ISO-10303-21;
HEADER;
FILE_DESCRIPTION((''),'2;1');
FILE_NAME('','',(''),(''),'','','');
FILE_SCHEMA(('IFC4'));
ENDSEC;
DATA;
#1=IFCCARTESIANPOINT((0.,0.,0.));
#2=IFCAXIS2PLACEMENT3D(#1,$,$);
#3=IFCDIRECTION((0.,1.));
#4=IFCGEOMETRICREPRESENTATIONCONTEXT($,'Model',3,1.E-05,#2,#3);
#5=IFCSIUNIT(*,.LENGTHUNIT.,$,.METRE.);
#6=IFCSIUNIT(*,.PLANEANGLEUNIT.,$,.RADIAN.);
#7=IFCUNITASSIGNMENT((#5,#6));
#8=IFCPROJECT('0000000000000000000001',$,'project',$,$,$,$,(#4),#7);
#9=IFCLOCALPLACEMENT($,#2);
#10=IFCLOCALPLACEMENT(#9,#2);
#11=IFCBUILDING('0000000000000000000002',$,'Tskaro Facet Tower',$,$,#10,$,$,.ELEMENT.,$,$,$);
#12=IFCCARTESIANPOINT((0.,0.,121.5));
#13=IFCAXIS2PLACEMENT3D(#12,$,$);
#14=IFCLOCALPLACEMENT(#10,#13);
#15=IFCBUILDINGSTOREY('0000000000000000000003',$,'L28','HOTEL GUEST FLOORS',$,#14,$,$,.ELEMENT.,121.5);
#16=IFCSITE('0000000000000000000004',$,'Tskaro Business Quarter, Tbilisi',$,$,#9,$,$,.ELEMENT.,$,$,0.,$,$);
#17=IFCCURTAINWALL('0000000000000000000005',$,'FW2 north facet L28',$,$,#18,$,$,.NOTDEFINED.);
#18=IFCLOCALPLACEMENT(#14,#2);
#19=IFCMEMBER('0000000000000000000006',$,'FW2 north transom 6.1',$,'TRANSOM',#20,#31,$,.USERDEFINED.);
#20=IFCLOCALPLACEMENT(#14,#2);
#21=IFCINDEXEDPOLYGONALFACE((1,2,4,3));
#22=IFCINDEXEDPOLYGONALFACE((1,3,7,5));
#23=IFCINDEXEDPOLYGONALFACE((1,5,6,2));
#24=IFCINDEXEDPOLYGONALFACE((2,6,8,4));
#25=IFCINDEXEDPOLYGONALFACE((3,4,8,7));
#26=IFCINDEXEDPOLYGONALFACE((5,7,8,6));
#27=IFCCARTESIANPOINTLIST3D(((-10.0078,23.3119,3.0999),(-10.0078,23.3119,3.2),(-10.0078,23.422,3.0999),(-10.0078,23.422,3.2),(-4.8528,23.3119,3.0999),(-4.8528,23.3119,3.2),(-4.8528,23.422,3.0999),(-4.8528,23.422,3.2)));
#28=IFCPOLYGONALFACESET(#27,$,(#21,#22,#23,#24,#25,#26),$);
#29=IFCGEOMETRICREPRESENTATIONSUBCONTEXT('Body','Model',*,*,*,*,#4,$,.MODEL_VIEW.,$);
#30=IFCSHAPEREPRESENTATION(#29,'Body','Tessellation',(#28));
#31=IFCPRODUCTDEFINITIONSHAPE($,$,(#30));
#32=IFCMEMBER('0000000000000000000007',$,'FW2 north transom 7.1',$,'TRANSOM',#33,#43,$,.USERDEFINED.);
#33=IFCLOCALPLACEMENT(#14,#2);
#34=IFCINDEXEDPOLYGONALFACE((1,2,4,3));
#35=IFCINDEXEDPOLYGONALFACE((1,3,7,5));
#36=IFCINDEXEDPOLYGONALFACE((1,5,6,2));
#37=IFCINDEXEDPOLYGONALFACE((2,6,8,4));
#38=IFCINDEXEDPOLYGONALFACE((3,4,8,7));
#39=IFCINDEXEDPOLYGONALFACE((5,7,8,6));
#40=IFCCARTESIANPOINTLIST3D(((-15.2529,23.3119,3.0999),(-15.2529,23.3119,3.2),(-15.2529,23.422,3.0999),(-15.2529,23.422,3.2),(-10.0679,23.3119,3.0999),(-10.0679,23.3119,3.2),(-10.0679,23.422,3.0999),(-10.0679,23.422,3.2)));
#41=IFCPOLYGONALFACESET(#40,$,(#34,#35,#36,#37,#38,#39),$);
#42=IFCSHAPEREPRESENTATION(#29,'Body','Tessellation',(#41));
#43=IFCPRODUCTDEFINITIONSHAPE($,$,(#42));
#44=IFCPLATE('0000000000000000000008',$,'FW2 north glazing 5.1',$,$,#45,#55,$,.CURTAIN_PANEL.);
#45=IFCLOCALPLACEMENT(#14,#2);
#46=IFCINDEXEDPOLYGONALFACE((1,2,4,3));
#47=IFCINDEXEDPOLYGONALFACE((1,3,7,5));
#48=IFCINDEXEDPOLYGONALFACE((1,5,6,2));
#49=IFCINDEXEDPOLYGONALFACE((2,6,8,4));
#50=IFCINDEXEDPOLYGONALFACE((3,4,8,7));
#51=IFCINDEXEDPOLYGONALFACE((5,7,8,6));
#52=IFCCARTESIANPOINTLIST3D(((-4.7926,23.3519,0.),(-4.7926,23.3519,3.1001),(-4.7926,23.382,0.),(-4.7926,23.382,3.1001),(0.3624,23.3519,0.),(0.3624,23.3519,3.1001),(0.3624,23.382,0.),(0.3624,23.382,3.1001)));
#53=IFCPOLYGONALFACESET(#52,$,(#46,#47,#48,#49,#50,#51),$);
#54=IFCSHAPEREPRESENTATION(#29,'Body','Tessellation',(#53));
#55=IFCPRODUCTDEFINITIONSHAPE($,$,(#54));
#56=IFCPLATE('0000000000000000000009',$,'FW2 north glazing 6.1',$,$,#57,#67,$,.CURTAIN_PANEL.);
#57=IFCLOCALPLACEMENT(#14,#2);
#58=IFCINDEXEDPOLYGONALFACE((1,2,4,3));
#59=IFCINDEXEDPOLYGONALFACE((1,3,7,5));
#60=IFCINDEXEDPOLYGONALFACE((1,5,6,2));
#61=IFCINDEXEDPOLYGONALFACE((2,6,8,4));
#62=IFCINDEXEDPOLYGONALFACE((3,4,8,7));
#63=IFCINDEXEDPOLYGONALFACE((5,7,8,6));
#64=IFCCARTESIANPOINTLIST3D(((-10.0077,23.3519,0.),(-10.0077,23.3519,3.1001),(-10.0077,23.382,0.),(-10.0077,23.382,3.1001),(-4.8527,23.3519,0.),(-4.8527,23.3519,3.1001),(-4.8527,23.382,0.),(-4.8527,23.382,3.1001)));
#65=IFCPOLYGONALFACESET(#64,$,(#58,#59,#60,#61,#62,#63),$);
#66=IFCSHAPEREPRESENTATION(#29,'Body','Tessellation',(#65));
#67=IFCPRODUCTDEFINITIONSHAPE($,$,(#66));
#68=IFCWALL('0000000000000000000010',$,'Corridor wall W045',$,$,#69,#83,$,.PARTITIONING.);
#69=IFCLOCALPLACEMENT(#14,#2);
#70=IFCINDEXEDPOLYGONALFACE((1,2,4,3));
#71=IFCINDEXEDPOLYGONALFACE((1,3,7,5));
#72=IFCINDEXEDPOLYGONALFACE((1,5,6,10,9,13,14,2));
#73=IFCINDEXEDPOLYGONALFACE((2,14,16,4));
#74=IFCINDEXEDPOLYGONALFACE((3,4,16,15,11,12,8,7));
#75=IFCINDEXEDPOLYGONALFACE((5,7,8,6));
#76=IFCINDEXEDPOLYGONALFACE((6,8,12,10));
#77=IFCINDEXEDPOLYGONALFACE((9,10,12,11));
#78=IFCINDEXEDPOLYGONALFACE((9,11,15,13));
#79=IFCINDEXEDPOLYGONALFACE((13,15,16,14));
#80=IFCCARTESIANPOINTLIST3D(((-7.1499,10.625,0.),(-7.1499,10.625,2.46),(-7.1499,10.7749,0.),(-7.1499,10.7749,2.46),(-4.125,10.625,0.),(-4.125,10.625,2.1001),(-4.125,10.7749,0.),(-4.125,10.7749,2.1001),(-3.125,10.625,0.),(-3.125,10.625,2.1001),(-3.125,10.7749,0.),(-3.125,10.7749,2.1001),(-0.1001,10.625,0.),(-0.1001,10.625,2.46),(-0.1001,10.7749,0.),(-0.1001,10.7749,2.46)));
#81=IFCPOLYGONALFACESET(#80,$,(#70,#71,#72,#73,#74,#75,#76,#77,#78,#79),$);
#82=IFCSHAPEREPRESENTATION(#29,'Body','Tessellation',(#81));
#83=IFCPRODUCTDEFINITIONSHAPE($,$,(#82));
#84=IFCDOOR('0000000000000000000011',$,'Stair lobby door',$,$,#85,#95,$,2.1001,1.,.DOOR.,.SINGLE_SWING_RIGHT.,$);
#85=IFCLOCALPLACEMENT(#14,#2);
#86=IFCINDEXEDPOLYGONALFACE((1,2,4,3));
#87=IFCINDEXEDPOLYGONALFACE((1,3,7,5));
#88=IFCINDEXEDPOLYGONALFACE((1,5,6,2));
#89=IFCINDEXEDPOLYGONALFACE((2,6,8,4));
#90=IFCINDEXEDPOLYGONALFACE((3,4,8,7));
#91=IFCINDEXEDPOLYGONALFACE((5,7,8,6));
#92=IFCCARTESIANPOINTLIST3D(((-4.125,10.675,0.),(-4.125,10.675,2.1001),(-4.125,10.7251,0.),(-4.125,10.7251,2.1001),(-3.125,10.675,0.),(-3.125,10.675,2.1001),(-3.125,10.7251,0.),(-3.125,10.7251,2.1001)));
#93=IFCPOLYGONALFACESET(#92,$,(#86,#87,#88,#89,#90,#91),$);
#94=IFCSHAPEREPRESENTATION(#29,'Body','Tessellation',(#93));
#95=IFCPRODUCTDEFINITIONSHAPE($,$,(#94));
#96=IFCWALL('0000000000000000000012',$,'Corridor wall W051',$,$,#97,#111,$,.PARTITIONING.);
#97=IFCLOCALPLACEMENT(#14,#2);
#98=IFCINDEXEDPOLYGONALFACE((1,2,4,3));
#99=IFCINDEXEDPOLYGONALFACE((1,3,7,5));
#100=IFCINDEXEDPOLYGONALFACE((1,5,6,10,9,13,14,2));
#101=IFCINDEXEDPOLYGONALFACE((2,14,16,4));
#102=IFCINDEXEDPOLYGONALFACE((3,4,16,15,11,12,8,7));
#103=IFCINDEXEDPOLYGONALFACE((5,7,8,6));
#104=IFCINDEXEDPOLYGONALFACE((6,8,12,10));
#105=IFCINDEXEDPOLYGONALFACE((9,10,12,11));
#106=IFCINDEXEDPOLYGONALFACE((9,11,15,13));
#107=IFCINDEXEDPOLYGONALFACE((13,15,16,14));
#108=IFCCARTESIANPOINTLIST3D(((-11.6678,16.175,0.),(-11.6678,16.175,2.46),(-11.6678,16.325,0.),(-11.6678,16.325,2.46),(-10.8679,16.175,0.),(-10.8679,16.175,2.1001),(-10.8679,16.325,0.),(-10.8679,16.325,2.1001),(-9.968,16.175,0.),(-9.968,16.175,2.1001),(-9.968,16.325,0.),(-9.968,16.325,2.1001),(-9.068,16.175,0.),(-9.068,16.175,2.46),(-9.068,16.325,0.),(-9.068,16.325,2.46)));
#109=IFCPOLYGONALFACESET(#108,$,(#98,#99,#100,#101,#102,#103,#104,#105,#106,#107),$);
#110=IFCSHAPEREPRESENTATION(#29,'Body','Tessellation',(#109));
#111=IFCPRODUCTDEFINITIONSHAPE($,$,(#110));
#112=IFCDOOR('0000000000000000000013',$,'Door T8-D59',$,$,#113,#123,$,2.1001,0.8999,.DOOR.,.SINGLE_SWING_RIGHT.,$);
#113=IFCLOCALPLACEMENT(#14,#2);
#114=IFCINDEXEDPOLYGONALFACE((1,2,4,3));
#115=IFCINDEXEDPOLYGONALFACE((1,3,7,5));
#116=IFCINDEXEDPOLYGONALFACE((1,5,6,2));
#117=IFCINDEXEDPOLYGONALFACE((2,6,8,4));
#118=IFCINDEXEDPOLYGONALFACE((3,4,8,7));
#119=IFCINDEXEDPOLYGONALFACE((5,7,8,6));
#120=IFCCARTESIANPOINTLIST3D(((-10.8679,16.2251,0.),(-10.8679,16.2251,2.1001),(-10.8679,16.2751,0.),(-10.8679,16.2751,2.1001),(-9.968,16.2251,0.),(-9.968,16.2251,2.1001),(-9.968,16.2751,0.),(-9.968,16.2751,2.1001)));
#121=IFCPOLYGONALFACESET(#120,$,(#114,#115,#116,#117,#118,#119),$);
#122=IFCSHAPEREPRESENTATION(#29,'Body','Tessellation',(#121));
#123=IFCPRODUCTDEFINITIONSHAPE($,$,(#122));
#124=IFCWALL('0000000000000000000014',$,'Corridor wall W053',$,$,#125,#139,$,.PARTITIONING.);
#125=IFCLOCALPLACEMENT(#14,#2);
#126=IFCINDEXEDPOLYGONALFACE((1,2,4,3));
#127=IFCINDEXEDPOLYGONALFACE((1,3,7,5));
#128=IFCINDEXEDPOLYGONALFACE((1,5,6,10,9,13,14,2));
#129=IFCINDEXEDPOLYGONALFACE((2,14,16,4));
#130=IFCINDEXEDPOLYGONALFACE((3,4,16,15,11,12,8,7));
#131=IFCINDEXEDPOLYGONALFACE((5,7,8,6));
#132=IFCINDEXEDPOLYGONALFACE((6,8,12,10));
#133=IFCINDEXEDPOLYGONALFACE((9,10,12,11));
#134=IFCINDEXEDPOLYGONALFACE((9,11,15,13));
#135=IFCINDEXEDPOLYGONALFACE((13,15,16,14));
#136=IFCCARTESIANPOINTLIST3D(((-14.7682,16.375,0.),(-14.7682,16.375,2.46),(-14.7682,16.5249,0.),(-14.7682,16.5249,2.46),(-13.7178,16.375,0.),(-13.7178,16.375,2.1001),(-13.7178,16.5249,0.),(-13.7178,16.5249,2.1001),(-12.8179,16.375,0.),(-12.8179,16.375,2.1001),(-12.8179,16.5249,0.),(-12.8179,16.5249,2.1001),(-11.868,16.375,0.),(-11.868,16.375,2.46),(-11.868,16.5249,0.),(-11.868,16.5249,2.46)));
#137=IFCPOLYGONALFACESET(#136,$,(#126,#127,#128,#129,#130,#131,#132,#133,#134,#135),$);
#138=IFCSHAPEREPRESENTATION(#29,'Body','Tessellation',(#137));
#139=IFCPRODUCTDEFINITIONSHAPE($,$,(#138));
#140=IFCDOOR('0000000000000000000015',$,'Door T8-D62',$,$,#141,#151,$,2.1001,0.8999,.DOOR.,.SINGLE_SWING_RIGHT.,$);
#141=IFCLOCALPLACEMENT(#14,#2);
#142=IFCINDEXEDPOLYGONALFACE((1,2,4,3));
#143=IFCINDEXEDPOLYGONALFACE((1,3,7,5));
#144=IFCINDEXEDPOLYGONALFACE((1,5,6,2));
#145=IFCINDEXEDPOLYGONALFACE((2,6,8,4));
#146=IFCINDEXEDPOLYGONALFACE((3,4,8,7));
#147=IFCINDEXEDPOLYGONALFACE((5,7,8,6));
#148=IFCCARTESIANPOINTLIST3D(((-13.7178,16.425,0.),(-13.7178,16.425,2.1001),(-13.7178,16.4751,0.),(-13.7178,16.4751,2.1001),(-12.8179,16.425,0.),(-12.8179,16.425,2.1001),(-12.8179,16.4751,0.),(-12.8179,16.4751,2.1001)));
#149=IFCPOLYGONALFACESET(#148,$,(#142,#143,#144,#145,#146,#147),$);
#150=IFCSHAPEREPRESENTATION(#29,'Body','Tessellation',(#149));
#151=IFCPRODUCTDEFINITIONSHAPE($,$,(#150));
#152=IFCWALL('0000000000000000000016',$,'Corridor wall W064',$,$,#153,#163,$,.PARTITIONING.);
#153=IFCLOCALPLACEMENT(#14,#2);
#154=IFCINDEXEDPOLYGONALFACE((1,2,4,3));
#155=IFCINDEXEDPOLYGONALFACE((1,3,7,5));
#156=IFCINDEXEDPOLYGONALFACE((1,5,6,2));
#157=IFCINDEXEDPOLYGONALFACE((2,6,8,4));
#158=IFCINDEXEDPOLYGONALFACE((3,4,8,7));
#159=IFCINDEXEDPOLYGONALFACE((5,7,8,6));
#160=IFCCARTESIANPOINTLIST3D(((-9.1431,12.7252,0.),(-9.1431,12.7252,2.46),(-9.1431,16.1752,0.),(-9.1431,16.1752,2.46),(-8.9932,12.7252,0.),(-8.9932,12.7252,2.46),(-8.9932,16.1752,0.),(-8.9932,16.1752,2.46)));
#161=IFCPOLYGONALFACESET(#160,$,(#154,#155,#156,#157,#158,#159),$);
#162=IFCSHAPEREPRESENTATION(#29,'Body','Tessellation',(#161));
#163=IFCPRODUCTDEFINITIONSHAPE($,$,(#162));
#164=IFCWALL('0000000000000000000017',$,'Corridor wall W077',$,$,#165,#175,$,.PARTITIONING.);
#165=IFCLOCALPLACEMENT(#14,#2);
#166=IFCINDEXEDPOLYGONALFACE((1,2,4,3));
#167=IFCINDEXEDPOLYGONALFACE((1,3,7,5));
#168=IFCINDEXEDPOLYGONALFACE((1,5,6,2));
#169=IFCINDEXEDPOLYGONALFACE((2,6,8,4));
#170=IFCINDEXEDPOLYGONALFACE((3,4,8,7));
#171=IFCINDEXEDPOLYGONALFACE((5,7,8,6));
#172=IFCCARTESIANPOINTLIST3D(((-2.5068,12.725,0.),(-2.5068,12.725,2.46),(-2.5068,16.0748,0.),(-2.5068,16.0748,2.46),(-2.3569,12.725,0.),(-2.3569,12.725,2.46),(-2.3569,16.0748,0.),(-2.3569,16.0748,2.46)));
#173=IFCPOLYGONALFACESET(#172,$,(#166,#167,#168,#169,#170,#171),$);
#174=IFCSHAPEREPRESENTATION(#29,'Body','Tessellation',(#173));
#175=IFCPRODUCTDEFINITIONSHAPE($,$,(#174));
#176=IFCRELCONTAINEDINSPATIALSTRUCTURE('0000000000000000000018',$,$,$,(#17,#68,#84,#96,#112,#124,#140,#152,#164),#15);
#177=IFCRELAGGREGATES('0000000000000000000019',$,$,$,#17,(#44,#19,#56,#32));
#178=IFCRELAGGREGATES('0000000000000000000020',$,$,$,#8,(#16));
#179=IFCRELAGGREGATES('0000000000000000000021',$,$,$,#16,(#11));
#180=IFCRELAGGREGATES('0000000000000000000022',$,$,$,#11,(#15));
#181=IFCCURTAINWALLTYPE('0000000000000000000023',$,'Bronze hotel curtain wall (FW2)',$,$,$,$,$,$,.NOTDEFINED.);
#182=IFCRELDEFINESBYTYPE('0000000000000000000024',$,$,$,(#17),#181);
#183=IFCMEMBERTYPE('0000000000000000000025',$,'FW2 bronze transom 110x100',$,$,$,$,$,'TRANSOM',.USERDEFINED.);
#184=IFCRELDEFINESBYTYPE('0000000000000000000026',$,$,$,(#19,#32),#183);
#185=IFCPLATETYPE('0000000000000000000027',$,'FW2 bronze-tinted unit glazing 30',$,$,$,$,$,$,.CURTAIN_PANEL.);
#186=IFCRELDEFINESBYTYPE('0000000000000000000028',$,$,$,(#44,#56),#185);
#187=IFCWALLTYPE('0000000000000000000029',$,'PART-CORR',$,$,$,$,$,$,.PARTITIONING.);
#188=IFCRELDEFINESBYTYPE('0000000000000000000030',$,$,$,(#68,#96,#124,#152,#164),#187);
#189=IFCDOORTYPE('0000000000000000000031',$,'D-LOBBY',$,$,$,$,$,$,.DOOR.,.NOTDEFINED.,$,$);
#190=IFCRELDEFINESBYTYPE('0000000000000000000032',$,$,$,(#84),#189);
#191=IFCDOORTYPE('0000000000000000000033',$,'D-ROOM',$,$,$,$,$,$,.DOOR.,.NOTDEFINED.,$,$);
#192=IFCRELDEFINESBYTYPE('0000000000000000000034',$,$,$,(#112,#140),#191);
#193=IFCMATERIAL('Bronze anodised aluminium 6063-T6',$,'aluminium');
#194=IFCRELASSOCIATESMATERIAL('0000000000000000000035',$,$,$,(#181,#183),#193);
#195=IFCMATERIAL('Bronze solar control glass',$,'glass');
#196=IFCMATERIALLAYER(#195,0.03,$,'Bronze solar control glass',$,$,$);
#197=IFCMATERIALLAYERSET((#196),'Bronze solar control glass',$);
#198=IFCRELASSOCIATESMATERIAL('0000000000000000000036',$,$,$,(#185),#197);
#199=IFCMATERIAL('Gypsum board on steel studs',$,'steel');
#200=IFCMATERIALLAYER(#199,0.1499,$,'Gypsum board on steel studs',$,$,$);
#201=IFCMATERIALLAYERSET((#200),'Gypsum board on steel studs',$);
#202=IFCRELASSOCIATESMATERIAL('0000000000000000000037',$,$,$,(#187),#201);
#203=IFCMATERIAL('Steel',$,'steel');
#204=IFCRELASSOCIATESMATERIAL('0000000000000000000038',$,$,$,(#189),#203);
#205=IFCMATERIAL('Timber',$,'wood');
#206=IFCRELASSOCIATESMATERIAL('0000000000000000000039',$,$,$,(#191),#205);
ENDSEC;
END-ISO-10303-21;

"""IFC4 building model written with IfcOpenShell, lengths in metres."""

from ifc_helpers import new_model, si_unit, direction, frame, frame_2d, origin, origin_2d, place, context, subcontext, project, spatial, rectangle, extrude, material, layer, layer_set, material_profile, profile_set, type_object, element, fill, aggregate, save


model = new_model("IFC4")

# Units and contexts
model_context = context("Model", 3, precision=1e-05, world=origin(), true_north=direction((0.0, 1.0)))
body_context = subcontext(model_context, "Body", "Model", "MODEL_VIEW")
ifc_project = project(units=[si_unit("LENGTHUNIT", "METRE"), si_unit("PLANEANGLEUNIT", "RADIAN")], contexts=[model_context])

# Site, building, storey
site_placement = place(None, origin())
site = spatial("IfcSite", under=ifc_project, at=site_placement, Name="Tskaro Business Quarter, Tbilisi", CompositionType="ELEMENT", RefElevation=0.0)
building_placement = place(site_placement, origin())
building = spatial("IfcBuilding", under=site, at=building_placement, Name="Tskaro Facet Tower", CompositionType="ELEMENT")
storey_placement = place(building_placement, frame((0.0, 0.0, 121.5)))
storey = spatial("IfcBuildingStorey", under=building, at=storey_placement, Name="L28", Description="HOTEL GUEST FLOORS", CompositionType="ELEMENT", Elevation=121.5)

# Curtain wall, members, plates
ifc_material_1 = material(Name="Bronze anodised aluminium 6063-T6", Category="aluminium")
curtain_wall_type = type_object("IfcCurtainWallType", Name="Bronze hotel curtain wall (FW2)", PredefinedType="NOTDEFINED", material=ifc_material_1)
curtain_wall_placement = place(storey_placement, origin())
curtain_wall = element("IfcCurtainWall", 1, at=curtain_wall_placement, inside=storey, type_object=curtain_wall_type, Name="FW2 north facet L28", PredefinedType="NOTDEFINED")
ifc_material_profile_1 = material_profile(ifc_material_1, rectangle(XDim=0.1101, YDim=0.1001, at=origin_2d()), Name="Transom 110x100")
ifc_profile_set_1 = profile_set([ifc_material_profile_1], Name="Bronze anodised aluminium 6063-T6")
member_type_1 = type_object("IfcMemberType", Name="FW2 bronze transom 110x100", ElementType="TRANSOM", PredefinedType="USERDEFINED", material=ifc_profile_set_1)
member_1_placement = place(storey_placement, frame((-4.8528, 23.3669, 3.1499), z_axis=(-1.0, 0.0, 0.0), x_axis=(0.0, -1.0, 0.0)))
member_1 = element("IfcMember", 2, at=member_1_placement, type_object=member_type_1, Name="FW2 north transom 6.1", ObjectType="TRANSOM", PredefinedType="USERDEFINED", context=body_context, shape_type="SweptSolid", body=[
    extrude(rectangle(XDim=0.1101, YDim=0.1001, at=origin_2d()), origin(), (0.0, 0.0, 1.0), 5.155),
])
member_2_placement = place(storey_placement, frame((-10.0679, 23.3669, 3.1499), z_axis=(-1.0, 0.0, 0.0), x_axis=(0.0, -1.0, 0.0)))
member_2 = element("IfcMember", 3, at=member_2_placement, type_object=member_type_1, Name="FW2 north transom 7.1", ObjectType="TRANSOM", PredefinedType="USERDEFINED", context=body_context, shape_type="SweptSolid", body=[
    extrude(rectangle(XDim=0.1101, YDim=0.1001, at=origin_2d()), origin(), (0.0, 0.0, 1.0), 5.1851),
])
ifc_material_2 = material(Name="Bronze solar control glass", Category="glass")
ifc_layer_1 = layer(ifc_material_2, 0.03, Name="Bronze solar control glass")
ifc_layer_set_1 = layer_set([ifc_layer_1], Name="Bronze solar control glass")
plate_type = type_object("IfcPlateType", Name="FW2 bronze-tinted unit glazing 30", PredefinedType="CURTAIN_PANEL", material=ifc_layer_set_1)
plate_1_placement = place(storey_placement, frame((-2.2151, 23.3669, 0.0), z_axis=(0.0, 0.0, 1.0), x_axis=(-1.0, 0.0, 0.0)))
plate_1 = element("IfcPlate", 4, at=plate_1_placement, type_object=plate_type, Name="FW2 north glazing 5.1", PredefinedType="CURTAIN_PANEL", context=body_context, shape_type="SweptSolid", body=[
    extrude(rectangle(XDim=5.155, YDim=0.03, at=origin_2d()), origin(), (0.0, 0.0, 1.0), 3.1001),
])
plate_2_placement = place(storey_placement, frame((-7.4302, 23.3669, 0.0), z_axis=(0.0, 0.0, 1.0), x_axis=(-1.0, 0.0, 0.0)))
plate_2 = element("IfcPlate", 5, at=plate_2_placement, type_object=plate_type, Name="FW2 north glazing 6.1", PredefinedType="CURTAIN_PANEL", context=body_context, shape_type="SweptSolid", body=[
    extrude(rectangle(XDim=5.155, YDim=0.03, at=origin_2d()), origin(), (0.0, 0.0, 1.0), 3.1001),
])
aggregate(curtain_wall, [plate_1, member_1, plate_2, member_2])

# Walls, openings, doors
ifc_material_3 = material(Name="Gypsum board on steel studs", Category="steel")
ifc_layer_2 = layer(ifc_material_3, 0.1499, Name="Gypsum board on steel studs")
ifc_layer_set_2 = layer_set([ifc_layer_2], Name="Gypsum board on steel studs")
wall_type_1 = type_object("IfcWallType", Name="PART-CORR", PredefinedType="PARTITIONING", material=ifc_layer_set_2)
wall_1_placement = place(storey_placement, frame((-0.1001, 10.7, 0.0), z_axis=(0.0, 0.0, 1.0), x_axis=(-1.0, 0.0, 0.0)))
wall_1 = element("IfcWall", 6, at=wall_1_placement, inside=storey, type_object=wall_type_1, Name="Corridor wall W045", PredefinedType="PARTITIONING", context=body_context, shape_type="SweptSolid", body=[
    extrude(rectangle(XDim=7.0498, YDim=0.1499, at=frame_2d((3.5249, 0.0))), origin(), (0.0, 0.0, 1.0), 2.46),
])
opening_1_placement = place(wall_1_placement, frame((3.0249, 0.0, 0.0)))
opening_1 = element("IfcOpeningElement", 7, at=opening_1_placement, cuts=wall_1, PredefinedType="OPENING", context=body_context, shape_type="SweptSolid", body=[
    extrude(rectangle(XDim=1.0, YDim=2.1001, at=frame_2d((0.5, 1.05))), frame((0.0, 0.085, 0.0), z_axis=(0.0, -1.0, 0.0), x_axis=(1.0, 0.0, 0.0)), (0.0, 0.0, 1.0), 0.1699),
])
ifc_material_4 = material(Name="Steel", Category="steel")
door_type_1 = type_object("IfcDoorType", Name="D-LOBBY", OperationType="NOTDEFINED", PredefinedType="DOOR", material=ifc_material_4)
door_1_placement = place(opening_1_placement, origin())
door_1 = element("IfcDoor", 8, at=door_1_placement, inside=storey, type_object=door_type_1, Name="Stair lobby door", OperationType="SINGLE_SWING_RIGHT", OverallHeight=2.1001, OverallWidth=1.0, PredefinedType="DOOR", context=body_context, shape_type="SweptSolid", body=[
    extrude(rectangle(XDim=1.0, YDim=2.1001, at=frame_2d((0.5, 1.05))), frame((0.0, 0.0249, 0.0), z_axis=(0.0, -1.0, 0.0), x_axis=(1.0, 0.0, 0.0)), (0.0, 0.0, 1.0), 0.05),
])
fill(opening_1, door_1)
wall_2_placement = place(storey_placement, frame((-9.0681, 16.25, 0.0), z_axis=(0.0, 0.0, 1.0), x_axis=(-1.0, 0.0, 0.0)))
wall_2 = element("IfcWall", 9, at=wall_2_placement, inside=storey, type_object=wall_type_1, Name="Corridor wall W051", PredefinedType="PARTITIONING", context=body_context, shape_type="SweptSolid", body=[
    extrude(rectangle(XDim=2.5999, YDim=0.1499, at=frame_2d((1.2998, 0.0))), origin(), (0.0, 0.0, 1.0), 2.46),
])
opening_2_placement = place(wall_2_placement, frame((0.8999, 0.0, 0.0)))
opening_2 = element("IfcOpeningElement", 10, at=opening_2_placement, cuts=wall_2, PredefinedType="OPENING", context=body_context, shape_type="SweptSolid", body=[
    extrude(rectangle(XDim=0.8999, YDim=2.1001, at=frame_2d((0.45, 1.05))), frame((0.0, 0.085, 0.0), z_axis=(0.0, -1.0, 0.0), x_axis=(1.0, 0.0, 0.0)), (0.0, 0.0, 1.0), 0.1699),
])
ifc_material_5 = material(Name="Timber", Category="wood")
door_type_2 = type_object("IfcDoorType", Name="D-ROOM", OperationType="NOTDEFINED", PredefinedType="DOOR", material=ifc_material_5)
door_2_placement = place(opening_2_placement, origin())
door_2 = element("IfcDoor", 11, at=door_2_placement, inside=storey, type_object=door_type_2, Name="Door T8-D59", OperationType="SINGLE_SWING_RIGHT", OverallHeight=2.1001, OverallWidth=0.8999, PredefinedType="DOOR", context=body_context, shape_type="SweptSolid", body=[
    extrude(rectangle(XDim=0.8999, YDim=2.1001, at=frame_2d((0.45, 1.05))), frame((0.0, 0.0249, 0.0), z_axis=(0.0, -1.0, 0.0), x_axis=(1.0, 0.0, 0.0)), (0.0, 0.0, 1.0), 0.05),
])
fill(opening_2, door_2)
wall_3_placement = place(storey_placement, frame((-11.8679, 16.45, 0.0), z_axis=(0.0, 0.0, 1.0), x_axis=(-1.0, 0.0, 0.0)))
wall_3 = element("IfcWall", 12, at=wall_3_placement, inside=storey, type_object=wall_type_1, Name="Corridor wall W053", PredefinedType="PARTITIONING", context=body_context, shape_type="SweptSolid", body=[
    extrude(rectangle(XDim=2.9001, YDim=0.1499, at=frame_2d((1.4502, 0.0))), origin(), (0.0, 0.0, 1.0), 2.46),
])
opening_3_placement = place(wall_3_placement, frame((0.95, 0.0, 0.0)))
opening_3 = element("IfcOpeningElement", 13, at=opening_3_placement, cuts=wall_3, PredefinedType="OPENING", context=body_context, shape_type="SweptSolid", body=[
    extrude(rectangle(XDim=0.8999, YDim=2.1001, at=frame_2d((0.45, 1.05))), frame((0.0, 0.085, 0.0), z_axis=(0.0, -1.0, 0.0), x_axis=(1.0, 0.0, 0.0)), (0.0, 0.0, 1.0), 0.1699),
])
door_3_placement = place(opening_3_placement, origin())
door_3 = element("IfcDoor", 14, at=door_3_placement, inside=storey, type_object=door_type_2, Name="Door T8-D62", OperationType="SINGLE_SWING_RIGHT", OverallHeight=2.1001, OverallWidth=0.8999, PredefinedType="DOOR", context=body_context, shape_type="SweptSolid", body=[
    extrude(rectangle(XDim=0.8999, YDim=2.1001, at=frame_2d((0.45, 1.05))), frame((0.0, 0.0249, 0.0), z_axis=(0.0, -1.0, 0.0), x_axis=(1.0, 0.0, 0.0)), (0.0, 0.0, 1.0), 0.05),
])
fill(opening_3, door_3)

# Walls
wall_4_placement = place(storey_placement, frame((-9.0681, 12.7251, 0.0), z_axis=(0.0, 0.0, 1.0), x_axis=(0.0, 1.0, 0.0)))
element("IfcWall", 15, at=wall_4_placement, inside=storey, type_object=wall_type_1, Name="Corridor wall W064", PredefinedType="PARTITIONING", context=body_context, shape_type="SweptSolid", body=[
    extrude(rectangle(XDim=3.45, YDim=0.1499, at=frame_2d((1.7251, 0.0))), origin(), (0.0, 0.0, 1.0), 2.46),
])
wall_5_placement = place(storey_placement, frame((-2.4319, 12.7251, 0.0), z_axis=(0.0, 0.0, 1.0), x_axis=(0.0, 1.0, 0.0)))
element("IfcWall", 16, at=wall_5_placement, inside=storey, type_object=wall_type_1, Name="Corridor wall W077", PredefinedType="PARTITIONING", context=body_context, shape_type="SweptSolid", body=[
    extrude(rectangle(XDim=3.3499, YDim=0.1499, at=frame_2d((1.6748, 0.0))), origin(), (0.0, 0.0, 1.0), 2.46),
])

save(model, "model.ifc")
